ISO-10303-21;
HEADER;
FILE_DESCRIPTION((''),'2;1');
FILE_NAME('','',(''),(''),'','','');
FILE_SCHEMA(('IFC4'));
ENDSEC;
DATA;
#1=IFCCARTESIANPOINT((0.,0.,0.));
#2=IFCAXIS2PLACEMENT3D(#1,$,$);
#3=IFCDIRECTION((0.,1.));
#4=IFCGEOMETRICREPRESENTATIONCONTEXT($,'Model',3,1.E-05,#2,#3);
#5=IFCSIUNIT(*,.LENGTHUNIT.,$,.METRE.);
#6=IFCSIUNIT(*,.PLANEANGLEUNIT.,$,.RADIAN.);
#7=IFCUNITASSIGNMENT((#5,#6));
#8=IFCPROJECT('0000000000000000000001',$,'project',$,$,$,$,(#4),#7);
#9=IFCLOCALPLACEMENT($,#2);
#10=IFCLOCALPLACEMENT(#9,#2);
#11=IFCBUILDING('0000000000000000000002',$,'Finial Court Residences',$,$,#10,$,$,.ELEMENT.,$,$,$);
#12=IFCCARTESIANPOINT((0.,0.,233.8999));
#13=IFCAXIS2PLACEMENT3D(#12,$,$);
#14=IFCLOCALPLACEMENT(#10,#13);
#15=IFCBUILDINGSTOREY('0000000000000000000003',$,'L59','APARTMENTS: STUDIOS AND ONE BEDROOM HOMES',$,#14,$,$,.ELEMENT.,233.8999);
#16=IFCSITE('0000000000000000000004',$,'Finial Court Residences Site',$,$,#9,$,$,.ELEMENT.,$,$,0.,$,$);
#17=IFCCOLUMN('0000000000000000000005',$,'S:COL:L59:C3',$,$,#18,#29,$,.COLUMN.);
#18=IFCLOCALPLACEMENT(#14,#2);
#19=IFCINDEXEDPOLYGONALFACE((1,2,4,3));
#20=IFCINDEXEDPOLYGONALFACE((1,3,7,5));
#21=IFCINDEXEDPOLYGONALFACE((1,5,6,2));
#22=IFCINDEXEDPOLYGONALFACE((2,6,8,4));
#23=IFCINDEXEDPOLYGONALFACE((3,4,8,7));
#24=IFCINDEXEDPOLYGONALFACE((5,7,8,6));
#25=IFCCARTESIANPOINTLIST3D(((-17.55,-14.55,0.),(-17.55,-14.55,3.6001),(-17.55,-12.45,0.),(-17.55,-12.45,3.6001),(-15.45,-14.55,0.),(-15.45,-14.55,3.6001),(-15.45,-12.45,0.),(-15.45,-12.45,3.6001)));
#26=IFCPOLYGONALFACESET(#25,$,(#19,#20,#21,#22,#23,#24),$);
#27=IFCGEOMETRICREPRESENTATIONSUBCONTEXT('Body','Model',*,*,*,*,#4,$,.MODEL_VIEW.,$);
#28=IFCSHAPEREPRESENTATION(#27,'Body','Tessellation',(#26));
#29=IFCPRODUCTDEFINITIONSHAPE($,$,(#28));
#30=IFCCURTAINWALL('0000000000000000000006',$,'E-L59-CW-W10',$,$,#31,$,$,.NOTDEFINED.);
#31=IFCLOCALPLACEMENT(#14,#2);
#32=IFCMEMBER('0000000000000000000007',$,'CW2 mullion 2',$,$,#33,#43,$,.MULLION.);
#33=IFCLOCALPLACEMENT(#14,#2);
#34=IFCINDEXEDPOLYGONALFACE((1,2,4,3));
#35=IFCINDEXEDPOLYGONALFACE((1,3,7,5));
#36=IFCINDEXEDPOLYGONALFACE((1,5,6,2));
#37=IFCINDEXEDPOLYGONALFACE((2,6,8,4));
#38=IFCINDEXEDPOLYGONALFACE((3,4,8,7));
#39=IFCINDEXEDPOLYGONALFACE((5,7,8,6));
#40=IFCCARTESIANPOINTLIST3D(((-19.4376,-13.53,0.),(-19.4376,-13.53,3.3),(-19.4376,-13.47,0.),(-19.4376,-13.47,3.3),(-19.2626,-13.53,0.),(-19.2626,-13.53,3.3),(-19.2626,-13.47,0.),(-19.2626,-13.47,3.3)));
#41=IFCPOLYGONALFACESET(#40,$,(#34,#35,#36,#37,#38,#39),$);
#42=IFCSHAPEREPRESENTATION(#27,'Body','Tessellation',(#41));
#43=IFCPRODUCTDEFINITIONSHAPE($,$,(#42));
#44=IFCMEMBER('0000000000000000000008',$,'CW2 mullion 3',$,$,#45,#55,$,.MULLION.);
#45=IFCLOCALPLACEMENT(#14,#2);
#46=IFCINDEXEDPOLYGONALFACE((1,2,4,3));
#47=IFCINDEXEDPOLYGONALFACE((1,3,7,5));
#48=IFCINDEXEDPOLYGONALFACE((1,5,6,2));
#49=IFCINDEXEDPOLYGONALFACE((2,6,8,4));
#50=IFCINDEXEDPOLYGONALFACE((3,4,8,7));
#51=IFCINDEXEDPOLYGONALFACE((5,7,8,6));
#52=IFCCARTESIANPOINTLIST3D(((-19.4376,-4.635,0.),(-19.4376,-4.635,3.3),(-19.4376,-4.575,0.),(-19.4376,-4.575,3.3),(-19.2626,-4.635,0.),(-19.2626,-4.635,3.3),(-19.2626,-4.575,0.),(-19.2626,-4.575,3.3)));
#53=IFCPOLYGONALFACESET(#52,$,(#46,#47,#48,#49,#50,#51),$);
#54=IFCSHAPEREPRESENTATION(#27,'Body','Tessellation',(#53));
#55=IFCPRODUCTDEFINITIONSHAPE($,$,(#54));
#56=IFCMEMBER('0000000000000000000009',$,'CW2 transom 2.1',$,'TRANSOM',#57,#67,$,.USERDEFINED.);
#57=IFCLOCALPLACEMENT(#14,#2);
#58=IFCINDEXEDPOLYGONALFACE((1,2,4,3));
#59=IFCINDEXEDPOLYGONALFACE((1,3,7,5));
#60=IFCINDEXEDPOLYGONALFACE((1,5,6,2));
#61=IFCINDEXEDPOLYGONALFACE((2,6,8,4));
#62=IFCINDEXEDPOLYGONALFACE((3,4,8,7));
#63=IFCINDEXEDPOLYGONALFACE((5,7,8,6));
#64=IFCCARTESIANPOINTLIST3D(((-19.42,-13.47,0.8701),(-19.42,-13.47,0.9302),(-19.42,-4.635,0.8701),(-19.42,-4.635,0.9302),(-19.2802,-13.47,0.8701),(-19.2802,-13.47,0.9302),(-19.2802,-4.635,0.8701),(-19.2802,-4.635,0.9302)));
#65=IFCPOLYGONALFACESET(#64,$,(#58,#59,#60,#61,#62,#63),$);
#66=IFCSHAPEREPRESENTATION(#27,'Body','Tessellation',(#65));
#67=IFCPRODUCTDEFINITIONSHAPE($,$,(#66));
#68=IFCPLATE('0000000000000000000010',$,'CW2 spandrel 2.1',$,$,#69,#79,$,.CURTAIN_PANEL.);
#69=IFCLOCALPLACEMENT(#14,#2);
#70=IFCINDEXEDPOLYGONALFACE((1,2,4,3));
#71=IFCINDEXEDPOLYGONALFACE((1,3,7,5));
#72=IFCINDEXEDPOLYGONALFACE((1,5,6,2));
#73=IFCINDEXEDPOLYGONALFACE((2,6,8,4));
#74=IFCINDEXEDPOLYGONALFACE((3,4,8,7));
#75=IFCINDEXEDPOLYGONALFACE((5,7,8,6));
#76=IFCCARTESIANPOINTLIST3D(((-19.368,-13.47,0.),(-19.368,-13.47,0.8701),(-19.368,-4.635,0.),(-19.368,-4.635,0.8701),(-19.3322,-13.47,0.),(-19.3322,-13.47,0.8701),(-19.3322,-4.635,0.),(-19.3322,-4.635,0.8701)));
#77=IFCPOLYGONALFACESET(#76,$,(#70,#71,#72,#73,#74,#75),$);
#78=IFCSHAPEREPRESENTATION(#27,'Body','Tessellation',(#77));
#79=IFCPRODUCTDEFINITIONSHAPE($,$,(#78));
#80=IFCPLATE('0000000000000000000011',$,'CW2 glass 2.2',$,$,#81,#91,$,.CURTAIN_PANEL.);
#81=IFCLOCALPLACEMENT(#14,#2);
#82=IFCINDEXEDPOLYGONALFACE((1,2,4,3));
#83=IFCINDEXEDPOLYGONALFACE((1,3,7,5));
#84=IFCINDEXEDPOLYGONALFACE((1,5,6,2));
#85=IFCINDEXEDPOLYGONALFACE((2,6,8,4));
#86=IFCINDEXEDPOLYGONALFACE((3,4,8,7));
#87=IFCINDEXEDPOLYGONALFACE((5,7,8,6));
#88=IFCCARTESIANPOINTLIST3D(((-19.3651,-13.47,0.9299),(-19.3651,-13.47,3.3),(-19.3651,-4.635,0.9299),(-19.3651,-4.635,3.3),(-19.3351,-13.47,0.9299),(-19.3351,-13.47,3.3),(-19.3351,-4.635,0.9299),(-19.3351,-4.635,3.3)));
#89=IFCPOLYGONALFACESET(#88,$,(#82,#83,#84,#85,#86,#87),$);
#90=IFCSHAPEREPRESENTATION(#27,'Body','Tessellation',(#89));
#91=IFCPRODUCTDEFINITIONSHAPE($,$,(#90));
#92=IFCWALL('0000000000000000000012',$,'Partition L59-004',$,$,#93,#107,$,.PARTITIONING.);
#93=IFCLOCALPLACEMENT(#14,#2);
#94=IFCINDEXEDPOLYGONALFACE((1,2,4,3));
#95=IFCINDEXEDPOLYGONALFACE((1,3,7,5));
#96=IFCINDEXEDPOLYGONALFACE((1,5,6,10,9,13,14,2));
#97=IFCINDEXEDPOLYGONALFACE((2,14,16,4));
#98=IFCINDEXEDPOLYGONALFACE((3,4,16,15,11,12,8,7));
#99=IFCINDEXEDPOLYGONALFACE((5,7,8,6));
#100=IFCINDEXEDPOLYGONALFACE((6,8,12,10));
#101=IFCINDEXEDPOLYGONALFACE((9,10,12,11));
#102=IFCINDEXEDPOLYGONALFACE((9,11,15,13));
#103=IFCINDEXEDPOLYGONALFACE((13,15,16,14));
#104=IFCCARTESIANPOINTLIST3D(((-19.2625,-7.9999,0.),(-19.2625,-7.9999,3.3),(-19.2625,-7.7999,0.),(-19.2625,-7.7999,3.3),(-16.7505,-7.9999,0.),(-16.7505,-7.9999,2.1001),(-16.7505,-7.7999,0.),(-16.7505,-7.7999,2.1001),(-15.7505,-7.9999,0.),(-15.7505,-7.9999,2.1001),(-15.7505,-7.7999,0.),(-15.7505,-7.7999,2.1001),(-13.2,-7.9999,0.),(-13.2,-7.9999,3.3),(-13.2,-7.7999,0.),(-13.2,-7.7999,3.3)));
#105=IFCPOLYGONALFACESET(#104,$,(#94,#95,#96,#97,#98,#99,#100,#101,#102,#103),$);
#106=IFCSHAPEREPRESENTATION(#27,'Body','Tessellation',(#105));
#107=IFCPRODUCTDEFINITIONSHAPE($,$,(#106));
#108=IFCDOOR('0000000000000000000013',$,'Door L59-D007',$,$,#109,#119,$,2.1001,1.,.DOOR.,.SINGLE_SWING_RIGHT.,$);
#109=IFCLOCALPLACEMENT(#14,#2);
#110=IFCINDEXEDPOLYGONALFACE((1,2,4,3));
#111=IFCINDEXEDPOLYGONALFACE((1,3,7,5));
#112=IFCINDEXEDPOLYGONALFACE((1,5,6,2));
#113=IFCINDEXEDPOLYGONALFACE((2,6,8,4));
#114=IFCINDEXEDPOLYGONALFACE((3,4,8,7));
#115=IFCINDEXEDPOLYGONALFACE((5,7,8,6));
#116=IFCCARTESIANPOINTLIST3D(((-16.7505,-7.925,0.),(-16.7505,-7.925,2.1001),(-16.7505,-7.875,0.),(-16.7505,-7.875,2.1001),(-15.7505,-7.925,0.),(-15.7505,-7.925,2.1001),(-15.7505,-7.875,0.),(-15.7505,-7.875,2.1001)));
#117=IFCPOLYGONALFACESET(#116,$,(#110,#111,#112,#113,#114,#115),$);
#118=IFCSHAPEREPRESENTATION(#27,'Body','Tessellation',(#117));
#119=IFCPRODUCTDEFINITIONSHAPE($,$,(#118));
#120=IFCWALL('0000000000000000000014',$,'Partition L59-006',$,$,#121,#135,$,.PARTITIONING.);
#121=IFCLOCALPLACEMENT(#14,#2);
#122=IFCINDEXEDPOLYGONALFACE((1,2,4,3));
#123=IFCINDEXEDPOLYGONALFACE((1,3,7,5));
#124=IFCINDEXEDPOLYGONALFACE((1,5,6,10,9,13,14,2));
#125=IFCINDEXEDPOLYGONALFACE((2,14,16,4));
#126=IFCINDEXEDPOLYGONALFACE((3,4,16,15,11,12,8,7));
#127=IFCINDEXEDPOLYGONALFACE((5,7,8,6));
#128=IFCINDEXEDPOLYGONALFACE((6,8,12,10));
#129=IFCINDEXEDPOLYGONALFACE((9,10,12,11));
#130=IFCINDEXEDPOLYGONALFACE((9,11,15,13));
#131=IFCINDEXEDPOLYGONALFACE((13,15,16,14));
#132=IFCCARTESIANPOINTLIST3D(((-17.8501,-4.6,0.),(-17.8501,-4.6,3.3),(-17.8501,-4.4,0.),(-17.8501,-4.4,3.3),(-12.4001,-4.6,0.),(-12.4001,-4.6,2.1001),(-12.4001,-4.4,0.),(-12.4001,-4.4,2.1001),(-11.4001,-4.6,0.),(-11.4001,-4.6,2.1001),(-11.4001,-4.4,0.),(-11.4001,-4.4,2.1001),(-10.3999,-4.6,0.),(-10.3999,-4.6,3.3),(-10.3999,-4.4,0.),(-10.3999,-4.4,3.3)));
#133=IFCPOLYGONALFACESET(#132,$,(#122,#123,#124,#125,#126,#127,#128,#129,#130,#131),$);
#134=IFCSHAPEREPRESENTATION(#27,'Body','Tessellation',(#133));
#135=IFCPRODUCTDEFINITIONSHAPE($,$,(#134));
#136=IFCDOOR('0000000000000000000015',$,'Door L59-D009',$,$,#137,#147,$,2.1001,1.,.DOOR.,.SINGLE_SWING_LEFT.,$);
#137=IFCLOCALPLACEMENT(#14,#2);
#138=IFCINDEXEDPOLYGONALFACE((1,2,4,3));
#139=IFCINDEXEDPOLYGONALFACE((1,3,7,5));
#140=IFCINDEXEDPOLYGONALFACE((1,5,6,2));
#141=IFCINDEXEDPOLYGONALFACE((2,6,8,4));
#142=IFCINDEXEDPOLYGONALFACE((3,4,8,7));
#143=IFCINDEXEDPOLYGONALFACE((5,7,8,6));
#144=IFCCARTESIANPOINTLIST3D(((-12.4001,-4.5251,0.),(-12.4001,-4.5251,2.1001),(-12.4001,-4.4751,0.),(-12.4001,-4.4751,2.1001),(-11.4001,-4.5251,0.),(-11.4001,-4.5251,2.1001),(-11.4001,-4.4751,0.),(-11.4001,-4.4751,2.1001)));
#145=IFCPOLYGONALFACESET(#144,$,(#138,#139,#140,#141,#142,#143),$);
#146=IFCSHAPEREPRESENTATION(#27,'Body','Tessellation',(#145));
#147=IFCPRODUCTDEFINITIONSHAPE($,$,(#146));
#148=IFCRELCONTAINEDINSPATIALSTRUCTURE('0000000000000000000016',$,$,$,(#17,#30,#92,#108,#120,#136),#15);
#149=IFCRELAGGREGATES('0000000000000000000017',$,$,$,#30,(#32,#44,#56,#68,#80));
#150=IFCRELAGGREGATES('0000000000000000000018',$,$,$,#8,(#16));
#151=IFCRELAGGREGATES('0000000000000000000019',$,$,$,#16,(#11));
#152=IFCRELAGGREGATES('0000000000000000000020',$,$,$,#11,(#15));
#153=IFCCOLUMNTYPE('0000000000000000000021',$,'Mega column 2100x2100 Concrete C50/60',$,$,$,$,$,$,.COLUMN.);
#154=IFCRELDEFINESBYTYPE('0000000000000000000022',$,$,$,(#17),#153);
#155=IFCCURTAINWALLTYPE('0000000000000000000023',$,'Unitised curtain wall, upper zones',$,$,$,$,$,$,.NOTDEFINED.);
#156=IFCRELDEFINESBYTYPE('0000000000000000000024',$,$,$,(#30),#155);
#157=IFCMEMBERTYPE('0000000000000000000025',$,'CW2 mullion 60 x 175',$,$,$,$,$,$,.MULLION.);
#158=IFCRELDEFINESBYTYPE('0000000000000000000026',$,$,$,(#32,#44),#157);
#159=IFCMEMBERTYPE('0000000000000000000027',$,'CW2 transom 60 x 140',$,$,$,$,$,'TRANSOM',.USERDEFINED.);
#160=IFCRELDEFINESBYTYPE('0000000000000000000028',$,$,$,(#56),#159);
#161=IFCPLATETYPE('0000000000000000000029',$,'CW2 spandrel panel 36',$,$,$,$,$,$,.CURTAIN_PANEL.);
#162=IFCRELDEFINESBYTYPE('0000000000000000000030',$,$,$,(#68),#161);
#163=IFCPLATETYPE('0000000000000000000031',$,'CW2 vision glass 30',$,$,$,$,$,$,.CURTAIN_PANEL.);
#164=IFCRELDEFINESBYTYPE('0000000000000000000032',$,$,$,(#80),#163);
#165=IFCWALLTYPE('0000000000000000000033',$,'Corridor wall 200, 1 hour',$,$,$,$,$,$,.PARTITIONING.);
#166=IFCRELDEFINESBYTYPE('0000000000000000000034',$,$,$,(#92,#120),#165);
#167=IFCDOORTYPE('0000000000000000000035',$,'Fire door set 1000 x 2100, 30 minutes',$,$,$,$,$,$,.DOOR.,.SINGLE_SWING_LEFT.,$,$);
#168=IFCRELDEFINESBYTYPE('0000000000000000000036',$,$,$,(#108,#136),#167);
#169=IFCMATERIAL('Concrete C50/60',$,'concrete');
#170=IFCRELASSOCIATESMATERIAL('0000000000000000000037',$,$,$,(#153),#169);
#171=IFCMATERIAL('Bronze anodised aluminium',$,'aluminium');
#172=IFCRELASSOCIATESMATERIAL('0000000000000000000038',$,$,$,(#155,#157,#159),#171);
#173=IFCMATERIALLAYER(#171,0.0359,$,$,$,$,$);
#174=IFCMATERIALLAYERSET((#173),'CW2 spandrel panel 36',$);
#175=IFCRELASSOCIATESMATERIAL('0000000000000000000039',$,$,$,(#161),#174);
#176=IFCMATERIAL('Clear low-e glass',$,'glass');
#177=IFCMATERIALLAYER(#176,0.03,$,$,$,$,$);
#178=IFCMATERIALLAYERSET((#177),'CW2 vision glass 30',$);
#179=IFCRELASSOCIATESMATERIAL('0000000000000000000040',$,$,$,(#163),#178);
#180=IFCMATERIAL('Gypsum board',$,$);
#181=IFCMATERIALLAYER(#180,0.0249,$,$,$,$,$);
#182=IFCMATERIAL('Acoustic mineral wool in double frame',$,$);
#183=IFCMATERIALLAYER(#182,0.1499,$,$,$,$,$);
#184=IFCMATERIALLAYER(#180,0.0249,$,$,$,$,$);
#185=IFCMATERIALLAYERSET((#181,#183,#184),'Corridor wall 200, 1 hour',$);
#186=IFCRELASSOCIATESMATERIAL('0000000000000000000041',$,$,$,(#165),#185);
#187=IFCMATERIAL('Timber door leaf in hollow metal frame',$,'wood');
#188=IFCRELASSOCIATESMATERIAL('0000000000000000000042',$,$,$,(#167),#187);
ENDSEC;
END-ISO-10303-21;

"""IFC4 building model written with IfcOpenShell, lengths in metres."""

from ifc_helpers import new_model, si_unit, direction, frame, frame_2d, origin, origin_2d, place, context, subcontext, project, spatial, rectangle, extrude, material, layer, layer_set, material_profile, profile_set, type_object, element, fill, aggregate, save


model = new_model("IFC4")

# Units and contexts
model_context = context("Model", 3, precision=1e-05, world=origin(), true_north=direction((0.0, 1.0)))
body_context = subcontext(model_context, "Body", "Model", "MODEL_VIEW")
ifc_project = project(units=[si_unit("LENGTHUNIT", "METRE"), si_unit("PLANEANGLEUNIT", "RADIAN")], contexts=[model_context])

# Site, building, storey
site_placement = place(None, origin())
site = spatial("IfcSite", under=ifc_project, at=site_placement, Name="Finial Court Residences Site", CompositionType="ELEMENT", RefElevation=0.0)
building_placement = place(site_placement, origin())
building = spatial("IfcBuilding", under=site, at=building_placement, Name="Finial Court Residences", CompositionType="ELEMENT")
storey_placement = place(building_placement, frame((0.0, 0.0, 233.8999)))
storey = spatial("IfcBuildingStorey", under=building, at=storey_placement, Name="L59", Description="APARTMENTS: STUDIOS AND ONE BEDROOM HOMES", CompositionType="ELEMENT", Elevation=233.8999)

# Column
ifc_material_1 = material(Name="Concrete C50/60", Category="concrete")
ifc_material_profile_1 = material_profile(ifc_material_1, rectangle(XDim=2.1001, YDim=2.1001, at=origin_2d()), Name="2100x2100")
ifc_profile_set_1 = profile_set([ifc_material_profile_1], Name="Concrete C50/60")
column_type = type_object("IfcColumnType", Name="Mega column 2100x2100 Concrete C50/60", PredefinedType="COLUMN", material=ifc_profile_set_1)
column_placement = place(storey_placement, frame((-16.5, -13.5, 0.0), z_axis=(0.0, 0.0, 1.0), x_axis=(1.0, 0.0, 0.0)))
element("IfcColumn", 1, at=column_placement, inside=storey, type_object=column_type, Name="S:COL:L59:C3", PredefinedType="COLUMN", context=body_context, shape_type="SweptSolid", body=[
    extrude(rectangle(XDim=2.1001, YDim=2.1001, at=origin_2d()), origin(), (0.0, 0.0, 1.0), 3.6001),
])

# Curtain wall, members, plates
ifc_material_2 = material(Name="Bronze anodised aluminium", Category="aluminium")
curtain_wall_type = type_object("IfcCurtainWallType", Name="Unitised curtain wall, upper zones", PredefinedType="NOTDEFINED", material=ifc_material_2)
curtain_wall_placement = place(storey_placement, origin())
curtain_wall = element("IfcCurtainWall", 2, at=curtain_wall_placement, inside=storey, type_object=curtain_wall_type, Name="E-L59-CW-W10", PredefinedType="NOTDEFINED")
ifc_material_profile_2 = material_profile(ifc_material_2, rectangle(XDim=0.175, YDim=0.0601, at=origin_2d()), Name="CW2 mullion 60 x 175")
ifc_profile_set_2 = profile_set([ifc_material_profile_2], Name="Bronze anodised aluminium")
member_type_1 = type_object("IfcMemberType", Name="CW2 mullion 60 x 175", PredefinedType="MULLION", material=ifc_profile_set_2)
member_1_placement = place(storey_placement, frame((-19.3501, -13.5, 0.0), z_axis=(0.0, 0.0, 1.0), x_axis=(-1.0, 0.0, 0.0)))
member_1 = element("IfcMember", 3, at=member_1_placement, type_object=member_type_1, Name="CW2 mullion 2", PredefinedType="MULLION", context=body_context, shape_type="SweptSolid", body=[
    extrude(rectangle(XDim=0.175, YDim=0.0601, at=origin_2d()), origin(), (0.0, 0.0, 1.0), 3.3),
])
member_2_placement = place(storey_placement, frame((-19.3501, -4.605, 0.0), z_axis=(0.0, 0.0, 1.0), x_axis=(-1.0, 0.0, 0.0)))
member_2 = element("IfcMember", 4, at=member_2_placement, type_object=member_type_1, Name="CW2 mullion 3", PredefinedType="MULLION", context=body_context, shape_type="SweptSolid", body=[
    extrude(rectangle(XDim=0.175, YDim=0.0601, at=origin_2d()), origin(), (0.0, 0.0, 1.0), 3.3),
])
ifc_material_profile_3 = material_profile(ifc_material_2, rectangle(XDim=0.1399, YDim=0.0601, at=origin_2d()), Name="CW2 transom 60 x 140")
ifc_profile_set_3 = profile_set([ifc_material_profile_3], Name="Bronze anodised aluminium")
member_type_2 = type_object("IfcMemberType", Name="CW2 transom 60 x 140", ElementType="TRANSOM", PredefinedType="USERDEFINED", material=ifc_profile_set_3)
member_3_placement = place(storey_placement, frame((-19.3501, -13.47, 0.9001), z_axis=(0.0, 1.0, 0.0), x_axis=(-1.0, 0.0, 0.0)))
member_3 = element("IfcMember", 5, at=member_3_placement, type_object=member_type_2, Name="CW2 transom 2.1", ObjectType="TRANSOM", PredefinedType="USERDEFINED", context=body_context, shape_type="SweptSolid", body=[
    extrude(rectangle(XDim=0.1399, YDim=0.0601, at=origin_2d()), origin(), (0.0, 0.0, 1.0), 8.835),
])
ifc_layer_1 = layer(ifc_material_2, 0.0359)
ifc_layer_set_1 = layer_set([ifc_layer_1], Name="CW2 spandrel panel 36")
plate_type_1 = type_object("IfcPlateType", Name="CW2 spandrel panel 36", PredefinedType="CURTAIN_PANEL", material=ifc_layer_set_1)
plate_1_placement = place(storey_placement, frame((-19.3501, -9.0525, 0.0), z_axis=(0.0, 0.0, 1.0), x_axis=(0.0, 1.0, 0.0)))
plate_1 = element("IfcPlate", 6, at=plate_1_placement, type_object=plate_type_1, Name="CW2 spandrel 2.1", PredefinedType="CURTAIN_PANEL", context=body_context, shape_type="SweptSolid", body=[
    extrude(rectangle(XDim=8.835, YDim=0.0359, at=origin_2d()), origin(), (0.0, 0.0, 1.0), 0.8701),
])
ifc_material_3 = material(Name="Clear low-e glass", Category="glass")
ifc_layer_2 = layer(ifc_material_3, 0.03)
ifc_layer_set_2 = layer_set([ifc_layer_2], Name="CW2 vision glass 30")
plate_type_2 = type_object("IfcPlateType", Name="CW2 vision glass 30", PredefinedType="CURTAIN_PANEL", material=ifc_layer_set_2)
plate_2_placement = place(storey_placement, frame((-19.3501, -9.0525, 0.9299), z_axis=(0.0, 0.0, 1.0), x_axis=(0.0, 1.0, 0.0)))
plate_2 = element("IfcPlate", 7, at=plate_2_placement, type_object=plate_type_2, Name="CW2 glass 2.2", PredefinedType="CURTAIN_PANEL", context=body_context, shape_type="SweptSolid", body=[
    extrude(rectangle(XDim=8.835, YDim=0.03, at=origin_2d()), origin(), (0.0, 0.0, 1.0), 2.3701),
])
aggregate(curtain_wall, [member_1, member_2, member_3, plate_1, plate_2])

# Walls, openings, doors
ifc_material_4 = material(Name="Gypsum board")
ifc_layer_3 = layer(ifc_material_4, 0.0249)
ifc_material_5 = material(Name="Acoustic mineral wool in double frame")
ifc_layer_4 = layer(ifc_material_5, 0.1499)
ifc_layer_5 = layer(ifc_material_4, 0.0249)
ifc_layer_set_3 = layer_set([ifc_layer_3, ifc_layer_4, ifc_layer_5], Name="Corridor wall 200, 1 hour")
wall_type_1 = type_object("IfcWallType", Name="Corridor wall 200, 1 hour", PredefinedType="PARTITIONING", material=ifc_layer_set_3)
wall_1_placement = place(storey_placement, frame((-19.2625, -7.8999, 0.0), z_axis=(0.0, 0.0, 1.0), x_axis=(1.0, 0.0, 0.0)))
wall_1 = element("IfcWall", 8, at=wall_1_placement, inside=storey, type_object=wall_type_1, Name="Partition L59-004", PredefinedType="PARTITIONING", context=body_context, shape_type="SweptSolid", body=[
    extrude(rectangle(XDim=6.0625, YDim=0.2, at=frame_2d((3.0312, 0.0))), origin(), (0.0, 0.0, 1.0), 3.3),
])
opening_1_placement = place(wall_1_placement, frame((2.512, 0.0, 0.0)))
opening_1 = element("IfcOpeningElement", 9, at=opening_1_placement, cuts=wall_1, PredefinedType="OPENING", context=body_context, shape_type="SweptSolid", body=[
    extrude(rectangle(XDim=1.0, YDim=2.1001, at=frame_2d((0.5, 1.05))), frame((0.0, 0.1099, 0.0), z_axis=(0.0, -1.0, 0.0), x_axis=(1.0, 0.0, 0.0)), (0.0, 0.0, 1.0), 0.22),
])
ifc_material_6 = material(Name="Timber door leaf in hollow metal frame", Category="wood")
door_type_1 = type_object("IfcDoorType", Name="Fire door set 1000 x 2100, 30 minutes", OperationType="SINGLE_SWING_LEFT", PredefinedType="DOOR", material=ifc_material_6)
door_1_placement = place(opening_1_placement, origin())
door_1 = element("IfcDoor", 10, at=door_1_placement, inside=storey, type_object=door_type_1, Name="Door L59-D007", OperationType="SINGLE_SWING_RIGHT", OverallHeight=2.1001, OverallWidth=1.0, PredefinedType="DOOR", context=body_context, shape_type="SweptSolid", body=[
    extrude(rectangle(XDim=1.0, YDim=2.1001, at=frame_2d((0.5, 1.05))), frame((0.0, 0.0249, 0.0), z_axis=(0.0, -1.0, 0.0), x_axis=(1.0, 0.0, 0.0)), (0.0, 0.0, 1.0), 0.05),
])
fill(opening_1, door_1)
wall_2_placement = place(storey_placement, frame((-17.8501, -4.5, 0.0), z_axis=(0.0, 0.0, 1.0), x_axis=(1.0, 0.0, 0.0)))
wall_2 = element("IfcWall", 11, at=wall_2_placement, inside=storey, type_object=wall_type_1, Name="Partition L59-006", PredefinedType="PARTITIONING", context=body_context, shape_type="SweptSolid", body=[
    extrude(rectangle(XDim=7.4502, YDim=0.2, at=frame_2d((3.7251, 0.0))), origin(), (0.0, 0.0, 1.0), 3.3),
])
opening_2_placement = place(wall_2_placement, frame((5.45, 0.0, 0.0)))
opening_2 = element("IfcOpeningElement", 12, at=opening_2_placement, cuts=wall_2, PredefinedType="OPENING", context=body_context, shape_type="SweptSolid", body=[
    extrude(rectangle(XDim=1.0, YDim=2.1001, at=frame_2d((0.5, 1.05))), frame((0.0, 0.1099, 0.0), z_axis=(0.0, -1.0, 0.0), x_axis=(1.0, 0.0, 0.0)), (0.0, 0.0, 1.0), 0.22),
])
door_2_placement = place(opening_2_placement, origin())
door_2 = element("IfcDoor", 13, at=door_2_placement, inside=storey, type_object=door_type_1, Name="Door L59-D009", OperationType="SINGLE_SWING_LEFT", OverallHeight=2.1001, OverallWidth=1.0, PredefinedType="DOOR", context=body_context, shape_type="SweptSolid", body=[
    extrude(rectangle(XDim=1.0, YDim=2.1001, at=frame_2d((0.5, 1.05))), frame((0.0, 0.0249, 0.0), z_axis=(0.0, -1.0, 0.0), x_axis=(1.0, 0.0, 0.0)), (0.0, 0.0, 1.0), 0.05),
])
fill(opening_2, door_2)

save(model, "model.ifc")
